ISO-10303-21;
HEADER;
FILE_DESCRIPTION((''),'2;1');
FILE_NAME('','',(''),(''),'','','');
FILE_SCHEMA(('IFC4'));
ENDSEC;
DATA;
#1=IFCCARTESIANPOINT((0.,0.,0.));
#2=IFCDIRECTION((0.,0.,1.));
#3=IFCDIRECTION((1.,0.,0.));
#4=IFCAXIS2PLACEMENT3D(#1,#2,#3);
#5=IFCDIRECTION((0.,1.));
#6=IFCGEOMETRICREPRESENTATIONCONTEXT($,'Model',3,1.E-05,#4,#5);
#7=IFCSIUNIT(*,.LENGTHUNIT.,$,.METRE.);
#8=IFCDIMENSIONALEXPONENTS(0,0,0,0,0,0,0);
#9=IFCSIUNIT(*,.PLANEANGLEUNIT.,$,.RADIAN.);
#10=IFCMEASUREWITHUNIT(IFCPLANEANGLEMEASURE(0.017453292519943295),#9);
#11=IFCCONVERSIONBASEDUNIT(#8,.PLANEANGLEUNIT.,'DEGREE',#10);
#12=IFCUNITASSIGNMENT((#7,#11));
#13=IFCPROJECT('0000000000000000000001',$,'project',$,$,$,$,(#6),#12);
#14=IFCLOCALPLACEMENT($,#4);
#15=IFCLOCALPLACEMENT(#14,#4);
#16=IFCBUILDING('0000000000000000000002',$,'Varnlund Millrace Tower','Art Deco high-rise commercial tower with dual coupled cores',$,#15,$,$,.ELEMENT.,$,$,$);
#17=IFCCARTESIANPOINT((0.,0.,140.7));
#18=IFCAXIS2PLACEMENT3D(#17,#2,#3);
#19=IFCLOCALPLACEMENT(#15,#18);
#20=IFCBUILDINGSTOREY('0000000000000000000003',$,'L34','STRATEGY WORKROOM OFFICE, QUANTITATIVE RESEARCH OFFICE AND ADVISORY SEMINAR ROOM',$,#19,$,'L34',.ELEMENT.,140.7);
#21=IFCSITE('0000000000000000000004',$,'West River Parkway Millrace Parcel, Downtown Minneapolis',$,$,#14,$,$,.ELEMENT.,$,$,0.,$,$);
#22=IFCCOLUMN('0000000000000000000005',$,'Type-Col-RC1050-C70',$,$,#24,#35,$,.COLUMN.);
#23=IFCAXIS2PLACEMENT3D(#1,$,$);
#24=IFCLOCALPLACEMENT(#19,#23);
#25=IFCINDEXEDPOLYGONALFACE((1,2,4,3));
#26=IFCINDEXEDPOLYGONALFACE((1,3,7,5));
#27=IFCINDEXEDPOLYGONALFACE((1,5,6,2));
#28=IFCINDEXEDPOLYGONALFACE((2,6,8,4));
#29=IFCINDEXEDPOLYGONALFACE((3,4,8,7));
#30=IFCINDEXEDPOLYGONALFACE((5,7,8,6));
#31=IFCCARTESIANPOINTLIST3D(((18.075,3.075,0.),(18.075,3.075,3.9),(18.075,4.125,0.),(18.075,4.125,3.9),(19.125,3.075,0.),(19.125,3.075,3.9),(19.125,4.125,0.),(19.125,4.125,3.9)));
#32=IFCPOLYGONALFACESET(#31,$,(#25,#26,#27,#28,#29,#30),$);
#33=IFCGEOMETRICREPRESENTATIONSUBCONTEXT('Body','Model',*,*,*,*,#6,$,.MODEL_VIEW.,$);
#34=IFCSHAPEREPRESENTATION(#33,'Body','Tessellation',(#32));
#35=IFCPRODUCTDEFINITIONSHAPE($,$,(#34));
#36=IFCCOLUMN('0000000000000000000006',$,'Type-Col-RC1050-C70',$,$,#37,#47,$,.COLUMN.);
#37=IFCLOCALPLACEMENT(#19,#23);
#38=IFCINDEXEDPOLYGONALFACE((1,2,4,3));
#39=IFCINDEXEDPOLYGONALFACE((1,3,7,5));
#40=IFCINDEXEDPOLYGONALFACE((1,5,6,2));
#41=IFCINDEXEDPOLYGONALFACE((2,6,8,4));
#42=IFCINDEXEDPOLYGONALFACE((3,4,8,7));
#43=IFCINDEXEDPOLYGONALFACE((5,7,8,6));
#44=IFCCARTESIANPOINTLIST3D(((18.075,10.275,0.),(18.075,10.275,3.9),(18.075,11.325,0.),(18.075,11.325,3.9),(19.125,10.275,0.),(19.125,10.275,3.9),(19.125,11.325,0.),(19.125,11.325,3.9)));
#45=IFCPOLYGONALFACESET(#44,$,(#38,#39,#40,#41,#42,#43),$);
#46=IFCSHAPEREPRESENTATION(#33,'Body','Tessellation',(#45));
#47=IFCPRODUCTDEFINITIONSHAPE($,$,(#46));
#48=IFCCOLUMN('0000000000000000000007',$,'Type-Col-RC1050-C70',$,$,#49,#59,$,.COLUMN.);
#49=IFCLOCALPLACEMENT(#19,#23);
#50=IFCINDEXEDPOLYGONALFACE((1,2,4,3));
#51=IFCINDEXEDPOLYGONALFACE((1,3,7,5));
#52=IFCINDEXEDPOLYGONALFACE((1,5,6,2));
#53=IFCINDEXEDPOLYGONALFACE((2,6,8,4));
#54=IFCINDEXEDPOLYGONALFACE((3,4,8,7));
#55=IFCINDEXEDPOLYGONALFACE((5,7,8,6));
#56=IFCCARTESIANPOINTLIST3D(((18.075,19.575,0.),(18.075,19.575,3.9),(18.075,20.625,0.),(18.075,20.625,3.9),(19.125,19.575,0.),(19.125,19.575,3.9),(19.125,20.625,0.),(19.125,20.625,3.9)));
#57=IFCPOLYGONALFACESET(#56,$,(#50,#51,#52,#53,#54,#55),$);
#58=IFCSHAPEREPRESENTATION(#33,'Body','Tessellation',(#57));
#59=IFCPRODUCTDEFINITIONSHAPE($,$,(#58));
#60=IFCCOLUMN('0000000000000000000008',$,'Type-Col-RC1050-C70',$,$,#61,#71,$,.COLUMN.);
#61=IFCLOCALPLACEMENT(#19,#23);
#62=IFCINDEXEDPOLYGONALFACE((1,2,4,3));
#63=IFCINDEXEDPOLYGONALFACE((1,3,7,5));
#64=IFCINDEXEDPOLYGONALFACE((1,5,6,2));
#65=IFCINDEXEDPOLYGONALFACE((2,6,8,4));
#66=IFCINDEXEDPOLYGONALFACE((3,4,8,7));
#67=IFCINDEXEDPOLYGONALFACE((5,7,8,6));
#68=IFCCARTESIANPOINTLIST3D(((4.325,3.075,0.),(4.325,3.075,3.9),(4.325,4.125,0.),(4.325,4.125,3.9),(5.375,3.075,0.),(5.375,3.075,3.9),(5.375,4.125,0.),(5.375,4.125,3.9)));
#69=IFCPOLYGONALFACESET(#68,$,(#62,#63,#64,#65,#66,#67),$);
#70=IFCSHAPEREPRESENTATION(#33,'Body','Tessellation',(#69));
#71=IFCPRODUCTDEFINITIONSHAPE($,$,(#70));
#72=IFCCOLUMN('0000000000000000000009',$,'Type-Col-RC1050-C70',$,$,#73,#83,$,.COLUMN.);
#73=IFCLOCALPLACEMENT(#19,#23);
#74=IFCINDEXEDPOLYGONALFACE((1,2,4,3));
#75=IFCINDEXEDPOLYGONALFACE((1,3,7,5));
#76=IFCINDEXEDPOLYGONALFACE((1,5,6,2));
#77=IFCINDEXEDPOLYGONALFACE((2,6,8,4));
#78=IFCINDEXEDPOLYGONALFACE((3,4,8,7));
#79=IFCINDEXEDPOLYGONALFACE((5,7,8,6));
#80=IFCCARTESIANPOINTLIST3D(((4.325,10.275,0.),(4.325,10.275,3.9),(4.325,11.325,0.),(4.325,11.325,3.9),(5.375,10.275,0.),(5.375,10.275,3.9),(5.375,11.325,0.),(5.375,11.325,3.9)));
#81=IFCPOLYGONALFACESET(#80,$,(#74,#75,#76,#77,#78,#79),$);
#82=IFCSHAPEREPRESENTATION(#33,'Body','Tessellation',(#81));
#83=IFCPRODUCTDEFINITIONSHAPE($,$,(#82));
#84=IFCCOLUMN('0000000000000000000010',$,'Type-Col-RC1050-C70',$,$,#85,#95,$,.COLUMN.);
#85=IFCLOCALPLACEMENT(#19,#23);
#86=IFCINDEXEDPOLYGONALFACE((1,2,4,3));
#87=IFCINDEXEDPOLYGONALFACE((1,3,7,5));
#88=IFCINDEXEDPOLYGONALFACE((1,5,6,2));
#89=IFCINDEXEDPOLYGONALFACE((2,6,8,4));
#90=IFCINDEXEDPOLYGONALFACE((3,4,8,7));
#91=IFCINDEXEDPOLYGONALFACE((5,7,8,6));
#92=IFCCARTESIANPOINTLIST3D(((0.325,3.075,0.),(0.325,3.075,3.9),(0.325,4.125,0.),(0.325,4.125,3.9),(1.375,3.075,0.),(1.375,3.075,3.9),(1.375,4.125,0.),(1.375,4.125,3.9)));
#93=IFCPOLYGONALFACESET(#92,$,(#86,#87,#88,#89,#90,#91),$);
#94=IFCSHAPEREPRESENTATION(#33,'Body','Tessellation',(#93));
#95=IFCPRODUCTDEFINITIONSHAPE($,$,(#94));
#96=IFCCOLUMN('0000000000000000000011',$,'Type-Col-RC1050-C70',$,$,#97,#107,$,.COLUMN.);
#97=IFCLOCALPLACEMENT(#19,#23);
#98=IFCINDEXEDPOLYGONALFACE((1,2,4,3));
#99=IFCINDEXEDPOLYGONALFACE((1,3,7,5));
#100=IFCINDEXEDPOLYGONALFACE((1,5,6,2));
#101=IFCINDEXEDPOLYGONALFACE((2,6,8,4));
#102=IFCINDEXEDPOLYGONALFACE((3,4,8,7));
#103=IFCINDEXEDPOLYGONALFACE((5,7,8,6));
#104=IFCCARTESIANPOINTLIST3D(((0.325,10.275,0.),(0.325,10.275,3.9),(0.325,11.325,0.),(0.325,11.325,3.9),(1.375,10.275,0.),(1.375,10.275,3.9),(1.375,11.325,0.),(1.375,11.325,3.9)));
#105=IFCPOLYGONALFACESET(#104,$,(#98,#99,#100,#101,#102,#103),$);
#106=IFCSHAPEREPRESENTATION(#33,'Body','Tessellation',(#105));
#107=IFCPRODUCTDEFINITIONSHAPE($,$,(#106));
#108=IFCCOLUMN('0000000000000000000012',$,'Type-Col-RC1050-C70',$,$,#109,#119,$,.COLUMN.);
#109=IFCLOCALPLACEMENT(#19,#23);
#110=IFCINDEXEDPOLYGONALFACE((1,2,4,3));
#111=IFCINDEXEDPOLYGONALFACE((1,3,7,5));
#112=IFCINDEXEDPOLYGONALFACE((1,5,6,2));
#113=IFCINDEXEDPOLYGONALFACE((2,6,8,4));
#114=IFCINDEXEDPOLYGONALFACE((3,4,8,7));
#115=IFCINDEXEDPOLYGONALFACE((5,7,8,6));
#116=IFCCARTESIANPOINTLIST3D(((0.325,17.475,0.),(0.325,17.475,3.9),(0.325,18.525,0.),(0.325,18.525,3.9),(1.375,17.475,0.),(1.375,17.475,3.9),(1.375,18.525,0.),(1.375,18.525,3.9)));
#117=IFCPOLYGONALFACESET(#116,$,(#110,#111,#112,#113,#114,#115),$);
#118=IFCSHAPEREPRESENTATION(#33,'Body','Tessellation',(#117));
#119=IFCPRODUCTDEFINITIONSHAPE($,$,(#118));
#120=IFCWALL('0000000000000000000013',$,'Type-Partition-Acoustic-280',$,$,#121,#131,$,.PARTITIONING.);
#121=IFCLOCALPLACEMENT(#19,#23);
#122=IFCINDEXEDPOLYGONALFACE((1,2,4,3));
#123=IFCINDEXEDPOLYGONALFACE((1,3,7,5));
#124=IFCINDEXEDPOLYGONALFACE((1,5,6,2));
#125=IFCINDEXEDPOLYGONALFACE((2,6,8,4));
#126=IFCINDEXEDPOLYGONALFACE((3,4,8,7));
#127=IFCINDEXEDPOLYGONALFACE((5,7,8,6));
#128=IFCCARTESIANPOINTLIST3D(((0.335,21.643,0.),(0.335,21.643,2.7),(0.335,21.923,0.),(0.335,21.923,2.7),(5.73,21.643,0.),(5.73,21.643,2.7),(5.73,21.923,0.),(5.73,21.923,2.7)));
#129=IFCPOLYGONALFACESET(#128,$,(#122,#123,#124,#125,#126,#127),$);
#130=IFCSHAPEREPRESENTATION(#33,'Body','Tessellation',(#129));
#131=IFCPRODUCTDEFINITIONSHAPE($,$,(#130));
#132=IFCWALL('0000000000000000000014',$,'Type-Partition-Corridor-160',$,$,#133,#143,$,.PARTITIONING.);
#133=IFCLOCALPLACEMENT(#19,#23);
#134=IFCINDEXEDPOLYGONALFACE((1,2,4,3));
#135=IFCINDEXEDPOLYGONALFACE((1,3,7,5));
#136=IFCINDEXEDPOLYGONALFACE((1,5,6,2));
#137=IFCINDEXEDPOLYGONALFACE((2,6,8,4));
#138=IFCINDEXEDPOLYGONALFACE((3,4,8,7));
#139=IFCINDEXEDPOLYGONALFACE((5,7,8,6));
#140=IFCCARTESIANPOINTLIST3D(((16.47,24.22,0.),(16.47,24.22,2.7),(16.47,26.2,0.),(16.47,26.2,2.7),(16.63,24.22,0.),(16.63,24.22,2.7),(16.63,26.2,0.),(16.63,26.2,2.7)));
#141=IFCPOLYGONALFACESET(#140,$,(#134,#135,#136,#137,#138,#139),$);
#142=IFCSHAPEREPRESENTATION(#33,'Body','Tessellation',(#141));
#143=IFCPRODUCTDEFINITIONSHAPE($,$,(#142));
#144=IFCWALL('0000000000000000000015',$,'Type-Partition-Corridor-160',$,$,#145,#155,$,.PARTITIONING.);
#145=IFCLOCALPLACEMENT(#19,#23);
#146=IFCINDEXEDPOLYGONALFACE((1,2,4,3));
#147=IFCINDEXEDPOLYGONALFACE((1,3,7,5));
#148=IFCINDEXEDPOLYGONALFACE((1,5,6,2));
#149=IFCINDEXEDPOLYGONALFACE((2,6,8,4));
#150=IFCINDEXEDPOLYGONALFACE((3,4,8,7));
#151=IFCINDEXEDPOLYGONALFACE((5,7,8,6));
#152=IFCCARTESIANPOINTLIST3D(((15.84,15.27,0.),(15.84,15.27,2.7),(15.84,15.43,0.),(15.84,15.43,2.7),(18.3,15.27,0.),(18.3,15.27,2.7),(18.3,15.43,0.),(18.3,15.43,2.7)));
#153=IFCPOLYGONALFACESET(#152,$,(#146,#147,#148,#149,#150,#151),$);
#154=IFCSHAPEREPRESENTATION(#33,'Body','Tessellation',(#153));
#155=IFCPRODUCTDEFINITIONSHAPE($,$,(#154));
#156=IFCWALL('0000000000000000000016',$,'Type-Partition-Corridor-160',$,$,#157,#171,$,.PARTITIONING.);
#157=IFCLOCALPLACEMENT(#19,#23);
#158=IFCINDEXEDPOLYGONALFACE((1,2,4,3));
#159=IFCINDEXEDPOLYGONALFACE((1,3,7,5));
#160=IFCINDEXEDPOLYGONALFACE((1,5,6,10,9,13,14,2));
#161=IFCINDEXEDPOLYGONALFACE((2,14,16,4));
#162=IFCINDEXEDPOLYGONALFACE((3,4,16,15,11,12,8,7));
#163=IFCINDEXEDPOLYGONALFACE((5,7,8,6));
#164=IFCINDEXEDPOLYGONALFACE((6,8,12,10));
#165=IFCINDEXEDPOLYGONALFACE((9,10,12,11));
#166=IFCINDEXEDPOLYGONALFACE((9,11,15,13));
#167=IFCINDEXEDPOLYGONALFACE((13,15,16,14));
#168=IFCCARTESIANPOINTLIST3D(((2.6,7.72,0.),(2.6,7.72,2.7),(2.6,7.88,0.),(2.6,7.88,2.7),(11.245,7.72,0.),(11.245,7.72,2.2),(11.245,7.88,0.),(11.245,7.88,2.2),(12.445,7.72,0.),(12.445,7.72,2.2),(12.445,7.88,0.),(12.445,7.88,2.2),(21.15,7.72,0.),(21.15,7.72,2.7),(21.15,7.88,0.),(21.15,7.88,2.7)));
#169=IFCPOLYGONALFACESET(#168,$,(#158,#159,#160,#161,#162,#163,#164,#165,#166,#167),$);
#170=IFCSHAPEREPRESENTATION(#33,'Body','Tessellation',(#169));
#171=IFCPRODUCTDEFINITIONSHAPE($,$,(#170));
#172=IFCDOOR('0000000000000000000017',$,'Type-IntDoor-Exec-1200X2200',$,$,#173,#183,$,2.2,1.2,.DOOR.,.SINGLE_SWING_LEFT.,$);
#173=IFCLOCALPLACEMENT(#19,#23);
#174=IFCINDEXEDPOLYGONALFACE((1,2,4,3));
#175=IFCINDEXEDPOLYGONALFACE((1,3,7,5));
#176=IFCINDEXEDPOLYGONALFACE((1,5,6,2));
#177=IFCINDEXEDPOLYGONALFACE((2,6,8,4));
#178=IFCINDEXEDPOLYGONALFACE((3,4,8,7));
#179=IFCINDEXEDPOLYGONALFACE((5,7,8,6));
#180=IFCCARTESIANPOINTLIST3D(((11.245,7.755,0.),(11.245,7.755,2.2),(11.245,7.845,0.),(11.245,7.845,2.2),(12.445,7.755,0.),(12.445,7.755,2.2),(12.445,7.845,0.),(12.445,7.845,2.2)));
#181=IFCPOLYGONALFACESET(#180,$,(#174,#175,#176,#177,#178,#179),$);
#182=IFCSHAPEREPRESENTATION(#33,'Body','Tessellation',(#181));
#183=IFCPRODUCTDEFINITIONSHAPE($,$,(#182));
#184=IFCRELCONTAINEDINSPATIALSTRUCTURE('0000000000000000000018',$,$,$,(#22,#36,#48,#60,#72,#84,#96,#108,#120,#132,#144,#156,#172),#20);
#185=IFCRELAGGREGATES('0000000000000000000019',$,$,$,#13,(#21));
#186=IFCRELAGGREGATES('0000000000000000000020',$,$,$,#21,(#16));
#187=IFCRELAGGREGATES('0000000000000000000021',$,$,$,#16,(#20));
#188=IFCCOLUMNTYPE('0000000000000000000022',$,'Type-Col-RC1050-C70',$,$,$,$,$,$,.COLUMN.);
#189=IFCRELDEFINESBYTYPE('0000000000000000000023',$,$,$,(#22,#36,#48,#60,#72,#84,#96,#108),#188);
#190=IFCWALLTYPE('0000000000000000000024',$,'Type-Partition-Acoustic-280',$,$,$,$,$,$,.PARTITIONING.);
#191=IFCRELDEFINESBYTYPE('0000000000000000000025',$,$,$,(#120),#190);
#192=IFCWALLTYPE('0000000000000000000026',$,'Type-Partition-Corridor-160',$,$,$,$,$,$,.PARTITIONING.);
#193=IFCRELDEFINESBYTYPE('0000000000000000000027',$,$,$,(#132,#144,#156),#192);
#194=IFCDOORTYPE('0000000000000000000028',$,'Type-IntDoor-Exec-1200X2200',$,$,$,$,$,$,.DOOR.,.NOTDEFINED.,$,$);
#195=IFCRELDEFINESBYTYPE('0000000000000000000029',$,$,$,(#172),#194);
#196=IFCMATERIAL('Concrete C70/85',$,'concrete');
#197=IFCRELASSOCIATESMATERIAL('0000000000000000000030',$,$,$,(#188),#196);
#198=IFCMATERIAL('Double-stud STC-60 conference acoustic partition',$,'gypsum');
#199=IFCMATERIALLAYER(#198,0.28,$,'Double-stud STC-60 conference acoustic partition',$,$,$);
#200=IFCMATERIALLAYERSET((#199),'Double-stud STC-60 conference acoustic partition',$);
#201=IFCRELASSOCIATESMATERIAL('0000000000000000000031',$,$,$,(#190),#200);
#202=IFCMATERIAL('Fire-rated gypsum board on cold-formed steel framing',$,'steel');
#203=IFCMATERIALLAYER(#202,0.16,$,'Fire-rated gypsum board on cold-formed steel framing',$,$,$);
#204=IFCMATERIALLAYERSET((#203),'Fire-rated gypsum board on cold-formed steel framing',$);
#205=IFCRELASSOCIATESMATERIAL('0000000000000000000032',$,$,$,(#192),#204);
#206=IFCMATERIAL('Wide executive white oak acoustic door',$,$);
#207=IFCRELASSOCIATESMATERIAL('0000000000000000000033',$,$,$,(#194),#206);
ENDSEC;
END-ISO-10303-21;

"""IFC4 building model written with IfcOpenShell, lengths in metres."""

from ifc_helpers import new_model, entity, si_unit, converted_unit, direction, frame, origin_with_axes, origin_2d_with_axis, place, context, subcontext, project, spatial, polyline, rectangle, outline, extrude, material, layer, layer_set, material_profile, profile_set, type_object, element, fill, save


model = new_model("IFC4")

# Units and contexts
model_context = context("Model", 3, precision=1e-05, world=origin_with_axes(), true_north=direction((0.0, 1.0)))
body_context = subcontext(model_context, "Body", "Model", "MODEL_VIEW")
ifc_project = project(units=[si_unit("LENGTHUNIT", "METRE"), converted_unit("PLANEANGLEUNIT", "DEGREE", entity("IfcPlaneAngleMeasure", 0.017453292519943295), si_unit("PLANEANGLEUNIT", "RADIAN"), dimensions=[0, 0, 0, 0, 0, 0, 0])], contexts=[model_context])

# Site, building, storey
site_placement = place(None, origin_with_axes())
site = spatial("IfcSite", under=ifc_project, at=site_placement, Name="West River Parkway Millrace Parcel, Downtown Minneapolis", CompositionType="ELEMENT", RefElevation=0.0)
building_placement = place(site_placement, origin_with_axes())
building = spatial("IfcBuilding", under=site, at=building_placement, Name="Varnlund Millrace Tower", Description="Art Deco high-rise commercial tower with dual coupled cores", CompositionType="ELEMENT")
storey_placement = place(building_placement, frame((0.0, 0.0, 140.7), z_axis=(0.0, 0.0, 1.0), x_axis=(1.0, 0.0, 0.0)))
storey = spatial("IfcBuildingStorey", under=building, at=storey_placement, Name="L34", Description="STRATEGY WORKROOM OFFICE, QUANTITATIVE RESEARCH OFFICE AND ADVISORY SEMINAR ROOM", LongName="L34", CompositionType="ELEMENT", Elevation=140.7)

# Columns
ifc_material_1 = material(Name="Concrete C70/85", Category="concrete")
ifc_material_profile = material_profile(ifc_material_1, rectangle(XDim=1.05, YDim=1.05, at=origin_2d_with_axis()), Name="Concrete C70/85")
ifc_profile_set = profile_set([ifc_material_profile], Name="Concrete C70/85")
column_type = type_object("IfcColumnType", Name="Type-Col-RC1050-C70", PredefinedType="COLUMN", material=ifc_profile_set)
for number, where, z_axis, x_axis, name in (
    (1, (18.6, 3.6, 0.0), (0.0, 0.0, 1.0), (1.0, 0.0, 0.0), "Type-Col-RC1050-C70"),
    (2, (18.6, 10.8, 0.0), (0.0, 0.0, 1.0), (1.0, 0.0, 0.0), "Type-Col-RC1050-C70"),
    (3, (18.6, 20.1, 0.0), (0.0, 0.0, 1.0), (1.0, 0.0, 0.0), "Type-Col-RC1050-C70"),
    (4, (4.85, 3.6, 0.0), (0.0, 0.0, 1.0), (1.0, 0.0, 0.0), "Type-Col-RC1050-C70"),
    (5, (4.85, 10.8, 0.0), (0.0, 0.0, 1.0), (1.0, 0.0, 0.0), "Type-Col-RC1050-C70"),
    (6, (0.85, 3.6, 0.0), (0.0, 0.0, 1.0), (1.0, 0.0, 0.0), "Type-Col-RC1050-C70"),
    (7, (0.85, 10.8, 0.0), (0.0, 0.0, 1.0), (1.0, 0.0, 0.0), "Type-Col-RC1050-C70"),
    (8, (0.85, 18.0, 0.0), (0.0, 0.0, 1.0), (1.0, 0.0, 0.0), "Type-Col-RC1050-C70"),
):
    element("IfcColumn", number, at=place(storey_placement, frame(where, z_axis=z_axis, x_axis=x_axis)), inside=storey, type_object=column_type, Name=name, PredefinedType="COLUMN", context=body_context, shape_type="SweptSolid", body=[
        extrude(rectangle(XDim=1.05, YDim=1.05, at=origin_2d_with_axis()), origin_with_axes(), (0.0, 0.0, 1.0), 3.9),
    ])

# Walls
ifc_material_2 = material(Name="Double-stud STC-60 conference acoustic partition", Category="gypsum")
ifc_layer_1 = layer(ifc_material_2, 0.28, Name="Double-stud STC-60 conference acoustic partition")
ifc_layer_set_1 = layer_set([ifc_layer_1], Name="Double-stud STC-60 conference acoustic partition")
wall_type_1 = type_object("IfcWallType", Name="Type-Partition-Acoustic-280", PredefinedType="PARTITIONING", material=ifc_layer_set_1)
wall_1_placement = place(storey_placement, frame((0.335, 21.783, 0.0), z_axis=(0.0, 0.0, 1.0), x_axis=(1.0, 0.0, 0.0)))
element("IfcWall", 9, at=wall_1_placement, inside=storey, type_object=wall_type_1, Name="Type-Partition-Acoustic-280", PredefinedType="PARTITIONING", context=body_context, shape_type="SweptSolid", body=[
    extrude(outline(polyline([(0.0, -0.14), (5.395, -0.14), (5.395, 0.14), (0.0, 0.14), (0.0, -0.14)])), origin_with_axes(), (0.0, 0.0, 1.0), 2.7),
])
ifc_material_3 = material(Name="Fire-rated gypsum board on cold-formed steel framing", Category="steel")
ifc_layer_2 = layer(ifc_material_3, 0.16, Name="Fire-rated gypsum board on cold-formed steel framing")
ifc_layer_set_2 = layer_set([ifc_layer_2], Name="Fire-rated gypsum board on cold-formed steel framing")
wall_type_2 = type_object("IfcWallType", Name="Type-Partition-Corridor-160", PredefinedType="PARTITIONING", material=ifc_layer_set_2)
wall_2_placement = place(storey_placement, frame((16.55, 24.22, 0.0), z_axis=(0.0, 0.0, 1.0), x_axis=(0.0, 1.0, 0.0)))
element("IfcWall", 10, at=wall_2_placement, inside=storey, type_object=wall_type_2, Name="Type-Partition-Corridor-160", PredefinedType="PARTITIONING", context=body_context, shape_type="SweptSolid", body=[
    extrude(outline(polyline([(0.0, -0.08), (1.98, -0.08), (1.98, 0.08), (0.0, 0.08), (0.0, -0.08)])), origin_with_axes(), (0.0, 0.0, 1.0), 2.7),
])
wall_3_placement = place(storey_placement, frame((15.84, 15.35, 0.0), z_axis=(0.0, 0.0, 1.0), x_axis=(1.0, 0.0, 0.0)))
element("IfcWall", 11, at=wall_3_placement, inside=storey, type_object=wall_type_2, Name="Type-Partition-Corridor-160", PredefinedType="PARTITIONING", context=body_context, shape_type="SweptSolid", body=[
    extrude(outline(polyline([(0.0, -0.08), (2.46, -0.08), (2.46, 0.08), (0.0, 0.08), (0.0, -0.08)])), origin_with_axes(), (0.0, 0.0, 1.0), 2.7),
])

# Wall, opening, door
wall_4_placement = place(storey_placement, frame((2.6, 7.8, 0.0), z_axis=(0.0, 0.0, 1.0), x_axis=(1.0, 0.0, 0.0)))
wall_4 = element("IfcWall", 12, at=wall_4_placement, inside=storey, type_object=wall_type_2, Name="Type-Partition-Corridor-160", PredefinedType="PARTITIONING", context=body_context, shape_type="SweptSolid", body=[
    extrude(outline(polyline([(0.0, -0.08), (18.55, -0.08), (18.55, 0.08), (0.0, 0.08), (0.0, -0.08)])), origin_with_axes(), (0.0, 0.0, 1.0), 2.7),
])
opening_1_placement = place(wall_4_placement, frame((9.245, 0.0, 0.0), z_axis=(0.0, 0.0, 1.0), x_axis=(1.0, 0.0, 0.0)))
opening_1 = element("IfcOpeningElement", 13, at=opening_1_placement, cuts=wall_4, PredefinedType="OPENING", context=body_context, shape_type="SweptSolid", body=[
    extrude(rectangle(XDim=1.2, YDim=0.18, at=origin_2d_with_axis()), origin_with_axes(), (0.0, 0.0, 1.0), 2.2),
])
ifc_material_4 = material(Name="Wide executive white oak acoustic door")
door_type_1 = type_object("IfcDoorType", Name="Type-IntDoor-Exec-1200X2200", OperationType="NOTDEFINED", PredefinedType="DOOR", material=ifc_material_4)
door_1_placement = place(wall_4_placement, frame((9.245, 0.0, 0.0), z_axis=(0.0, 0.0, 1.0), x_axis=(1.0, 0.0, 0.0)))
door_1 = element("IfcDoor", 14, at=door_1_placement, inside=storey, type_object=door_type_1, Name="Type-IntDoor-Exec-1200X2200", OperationType="SINGLE_SWING_LEFT", OverallHeight=2.2, OverallWidth=1.2, PredefinedType="DOOR", context=body_context, shape_type="SweptSolid", body=[
    extrude(rectangle(XDim=1.2, YDim=0.09, at=origin_2d_with_axis()), origin_with_axes(), (0.0, 0.0, 1.0), 2.2),
])
fill(opening_1, door_1)

save(model, "model.ifc")
